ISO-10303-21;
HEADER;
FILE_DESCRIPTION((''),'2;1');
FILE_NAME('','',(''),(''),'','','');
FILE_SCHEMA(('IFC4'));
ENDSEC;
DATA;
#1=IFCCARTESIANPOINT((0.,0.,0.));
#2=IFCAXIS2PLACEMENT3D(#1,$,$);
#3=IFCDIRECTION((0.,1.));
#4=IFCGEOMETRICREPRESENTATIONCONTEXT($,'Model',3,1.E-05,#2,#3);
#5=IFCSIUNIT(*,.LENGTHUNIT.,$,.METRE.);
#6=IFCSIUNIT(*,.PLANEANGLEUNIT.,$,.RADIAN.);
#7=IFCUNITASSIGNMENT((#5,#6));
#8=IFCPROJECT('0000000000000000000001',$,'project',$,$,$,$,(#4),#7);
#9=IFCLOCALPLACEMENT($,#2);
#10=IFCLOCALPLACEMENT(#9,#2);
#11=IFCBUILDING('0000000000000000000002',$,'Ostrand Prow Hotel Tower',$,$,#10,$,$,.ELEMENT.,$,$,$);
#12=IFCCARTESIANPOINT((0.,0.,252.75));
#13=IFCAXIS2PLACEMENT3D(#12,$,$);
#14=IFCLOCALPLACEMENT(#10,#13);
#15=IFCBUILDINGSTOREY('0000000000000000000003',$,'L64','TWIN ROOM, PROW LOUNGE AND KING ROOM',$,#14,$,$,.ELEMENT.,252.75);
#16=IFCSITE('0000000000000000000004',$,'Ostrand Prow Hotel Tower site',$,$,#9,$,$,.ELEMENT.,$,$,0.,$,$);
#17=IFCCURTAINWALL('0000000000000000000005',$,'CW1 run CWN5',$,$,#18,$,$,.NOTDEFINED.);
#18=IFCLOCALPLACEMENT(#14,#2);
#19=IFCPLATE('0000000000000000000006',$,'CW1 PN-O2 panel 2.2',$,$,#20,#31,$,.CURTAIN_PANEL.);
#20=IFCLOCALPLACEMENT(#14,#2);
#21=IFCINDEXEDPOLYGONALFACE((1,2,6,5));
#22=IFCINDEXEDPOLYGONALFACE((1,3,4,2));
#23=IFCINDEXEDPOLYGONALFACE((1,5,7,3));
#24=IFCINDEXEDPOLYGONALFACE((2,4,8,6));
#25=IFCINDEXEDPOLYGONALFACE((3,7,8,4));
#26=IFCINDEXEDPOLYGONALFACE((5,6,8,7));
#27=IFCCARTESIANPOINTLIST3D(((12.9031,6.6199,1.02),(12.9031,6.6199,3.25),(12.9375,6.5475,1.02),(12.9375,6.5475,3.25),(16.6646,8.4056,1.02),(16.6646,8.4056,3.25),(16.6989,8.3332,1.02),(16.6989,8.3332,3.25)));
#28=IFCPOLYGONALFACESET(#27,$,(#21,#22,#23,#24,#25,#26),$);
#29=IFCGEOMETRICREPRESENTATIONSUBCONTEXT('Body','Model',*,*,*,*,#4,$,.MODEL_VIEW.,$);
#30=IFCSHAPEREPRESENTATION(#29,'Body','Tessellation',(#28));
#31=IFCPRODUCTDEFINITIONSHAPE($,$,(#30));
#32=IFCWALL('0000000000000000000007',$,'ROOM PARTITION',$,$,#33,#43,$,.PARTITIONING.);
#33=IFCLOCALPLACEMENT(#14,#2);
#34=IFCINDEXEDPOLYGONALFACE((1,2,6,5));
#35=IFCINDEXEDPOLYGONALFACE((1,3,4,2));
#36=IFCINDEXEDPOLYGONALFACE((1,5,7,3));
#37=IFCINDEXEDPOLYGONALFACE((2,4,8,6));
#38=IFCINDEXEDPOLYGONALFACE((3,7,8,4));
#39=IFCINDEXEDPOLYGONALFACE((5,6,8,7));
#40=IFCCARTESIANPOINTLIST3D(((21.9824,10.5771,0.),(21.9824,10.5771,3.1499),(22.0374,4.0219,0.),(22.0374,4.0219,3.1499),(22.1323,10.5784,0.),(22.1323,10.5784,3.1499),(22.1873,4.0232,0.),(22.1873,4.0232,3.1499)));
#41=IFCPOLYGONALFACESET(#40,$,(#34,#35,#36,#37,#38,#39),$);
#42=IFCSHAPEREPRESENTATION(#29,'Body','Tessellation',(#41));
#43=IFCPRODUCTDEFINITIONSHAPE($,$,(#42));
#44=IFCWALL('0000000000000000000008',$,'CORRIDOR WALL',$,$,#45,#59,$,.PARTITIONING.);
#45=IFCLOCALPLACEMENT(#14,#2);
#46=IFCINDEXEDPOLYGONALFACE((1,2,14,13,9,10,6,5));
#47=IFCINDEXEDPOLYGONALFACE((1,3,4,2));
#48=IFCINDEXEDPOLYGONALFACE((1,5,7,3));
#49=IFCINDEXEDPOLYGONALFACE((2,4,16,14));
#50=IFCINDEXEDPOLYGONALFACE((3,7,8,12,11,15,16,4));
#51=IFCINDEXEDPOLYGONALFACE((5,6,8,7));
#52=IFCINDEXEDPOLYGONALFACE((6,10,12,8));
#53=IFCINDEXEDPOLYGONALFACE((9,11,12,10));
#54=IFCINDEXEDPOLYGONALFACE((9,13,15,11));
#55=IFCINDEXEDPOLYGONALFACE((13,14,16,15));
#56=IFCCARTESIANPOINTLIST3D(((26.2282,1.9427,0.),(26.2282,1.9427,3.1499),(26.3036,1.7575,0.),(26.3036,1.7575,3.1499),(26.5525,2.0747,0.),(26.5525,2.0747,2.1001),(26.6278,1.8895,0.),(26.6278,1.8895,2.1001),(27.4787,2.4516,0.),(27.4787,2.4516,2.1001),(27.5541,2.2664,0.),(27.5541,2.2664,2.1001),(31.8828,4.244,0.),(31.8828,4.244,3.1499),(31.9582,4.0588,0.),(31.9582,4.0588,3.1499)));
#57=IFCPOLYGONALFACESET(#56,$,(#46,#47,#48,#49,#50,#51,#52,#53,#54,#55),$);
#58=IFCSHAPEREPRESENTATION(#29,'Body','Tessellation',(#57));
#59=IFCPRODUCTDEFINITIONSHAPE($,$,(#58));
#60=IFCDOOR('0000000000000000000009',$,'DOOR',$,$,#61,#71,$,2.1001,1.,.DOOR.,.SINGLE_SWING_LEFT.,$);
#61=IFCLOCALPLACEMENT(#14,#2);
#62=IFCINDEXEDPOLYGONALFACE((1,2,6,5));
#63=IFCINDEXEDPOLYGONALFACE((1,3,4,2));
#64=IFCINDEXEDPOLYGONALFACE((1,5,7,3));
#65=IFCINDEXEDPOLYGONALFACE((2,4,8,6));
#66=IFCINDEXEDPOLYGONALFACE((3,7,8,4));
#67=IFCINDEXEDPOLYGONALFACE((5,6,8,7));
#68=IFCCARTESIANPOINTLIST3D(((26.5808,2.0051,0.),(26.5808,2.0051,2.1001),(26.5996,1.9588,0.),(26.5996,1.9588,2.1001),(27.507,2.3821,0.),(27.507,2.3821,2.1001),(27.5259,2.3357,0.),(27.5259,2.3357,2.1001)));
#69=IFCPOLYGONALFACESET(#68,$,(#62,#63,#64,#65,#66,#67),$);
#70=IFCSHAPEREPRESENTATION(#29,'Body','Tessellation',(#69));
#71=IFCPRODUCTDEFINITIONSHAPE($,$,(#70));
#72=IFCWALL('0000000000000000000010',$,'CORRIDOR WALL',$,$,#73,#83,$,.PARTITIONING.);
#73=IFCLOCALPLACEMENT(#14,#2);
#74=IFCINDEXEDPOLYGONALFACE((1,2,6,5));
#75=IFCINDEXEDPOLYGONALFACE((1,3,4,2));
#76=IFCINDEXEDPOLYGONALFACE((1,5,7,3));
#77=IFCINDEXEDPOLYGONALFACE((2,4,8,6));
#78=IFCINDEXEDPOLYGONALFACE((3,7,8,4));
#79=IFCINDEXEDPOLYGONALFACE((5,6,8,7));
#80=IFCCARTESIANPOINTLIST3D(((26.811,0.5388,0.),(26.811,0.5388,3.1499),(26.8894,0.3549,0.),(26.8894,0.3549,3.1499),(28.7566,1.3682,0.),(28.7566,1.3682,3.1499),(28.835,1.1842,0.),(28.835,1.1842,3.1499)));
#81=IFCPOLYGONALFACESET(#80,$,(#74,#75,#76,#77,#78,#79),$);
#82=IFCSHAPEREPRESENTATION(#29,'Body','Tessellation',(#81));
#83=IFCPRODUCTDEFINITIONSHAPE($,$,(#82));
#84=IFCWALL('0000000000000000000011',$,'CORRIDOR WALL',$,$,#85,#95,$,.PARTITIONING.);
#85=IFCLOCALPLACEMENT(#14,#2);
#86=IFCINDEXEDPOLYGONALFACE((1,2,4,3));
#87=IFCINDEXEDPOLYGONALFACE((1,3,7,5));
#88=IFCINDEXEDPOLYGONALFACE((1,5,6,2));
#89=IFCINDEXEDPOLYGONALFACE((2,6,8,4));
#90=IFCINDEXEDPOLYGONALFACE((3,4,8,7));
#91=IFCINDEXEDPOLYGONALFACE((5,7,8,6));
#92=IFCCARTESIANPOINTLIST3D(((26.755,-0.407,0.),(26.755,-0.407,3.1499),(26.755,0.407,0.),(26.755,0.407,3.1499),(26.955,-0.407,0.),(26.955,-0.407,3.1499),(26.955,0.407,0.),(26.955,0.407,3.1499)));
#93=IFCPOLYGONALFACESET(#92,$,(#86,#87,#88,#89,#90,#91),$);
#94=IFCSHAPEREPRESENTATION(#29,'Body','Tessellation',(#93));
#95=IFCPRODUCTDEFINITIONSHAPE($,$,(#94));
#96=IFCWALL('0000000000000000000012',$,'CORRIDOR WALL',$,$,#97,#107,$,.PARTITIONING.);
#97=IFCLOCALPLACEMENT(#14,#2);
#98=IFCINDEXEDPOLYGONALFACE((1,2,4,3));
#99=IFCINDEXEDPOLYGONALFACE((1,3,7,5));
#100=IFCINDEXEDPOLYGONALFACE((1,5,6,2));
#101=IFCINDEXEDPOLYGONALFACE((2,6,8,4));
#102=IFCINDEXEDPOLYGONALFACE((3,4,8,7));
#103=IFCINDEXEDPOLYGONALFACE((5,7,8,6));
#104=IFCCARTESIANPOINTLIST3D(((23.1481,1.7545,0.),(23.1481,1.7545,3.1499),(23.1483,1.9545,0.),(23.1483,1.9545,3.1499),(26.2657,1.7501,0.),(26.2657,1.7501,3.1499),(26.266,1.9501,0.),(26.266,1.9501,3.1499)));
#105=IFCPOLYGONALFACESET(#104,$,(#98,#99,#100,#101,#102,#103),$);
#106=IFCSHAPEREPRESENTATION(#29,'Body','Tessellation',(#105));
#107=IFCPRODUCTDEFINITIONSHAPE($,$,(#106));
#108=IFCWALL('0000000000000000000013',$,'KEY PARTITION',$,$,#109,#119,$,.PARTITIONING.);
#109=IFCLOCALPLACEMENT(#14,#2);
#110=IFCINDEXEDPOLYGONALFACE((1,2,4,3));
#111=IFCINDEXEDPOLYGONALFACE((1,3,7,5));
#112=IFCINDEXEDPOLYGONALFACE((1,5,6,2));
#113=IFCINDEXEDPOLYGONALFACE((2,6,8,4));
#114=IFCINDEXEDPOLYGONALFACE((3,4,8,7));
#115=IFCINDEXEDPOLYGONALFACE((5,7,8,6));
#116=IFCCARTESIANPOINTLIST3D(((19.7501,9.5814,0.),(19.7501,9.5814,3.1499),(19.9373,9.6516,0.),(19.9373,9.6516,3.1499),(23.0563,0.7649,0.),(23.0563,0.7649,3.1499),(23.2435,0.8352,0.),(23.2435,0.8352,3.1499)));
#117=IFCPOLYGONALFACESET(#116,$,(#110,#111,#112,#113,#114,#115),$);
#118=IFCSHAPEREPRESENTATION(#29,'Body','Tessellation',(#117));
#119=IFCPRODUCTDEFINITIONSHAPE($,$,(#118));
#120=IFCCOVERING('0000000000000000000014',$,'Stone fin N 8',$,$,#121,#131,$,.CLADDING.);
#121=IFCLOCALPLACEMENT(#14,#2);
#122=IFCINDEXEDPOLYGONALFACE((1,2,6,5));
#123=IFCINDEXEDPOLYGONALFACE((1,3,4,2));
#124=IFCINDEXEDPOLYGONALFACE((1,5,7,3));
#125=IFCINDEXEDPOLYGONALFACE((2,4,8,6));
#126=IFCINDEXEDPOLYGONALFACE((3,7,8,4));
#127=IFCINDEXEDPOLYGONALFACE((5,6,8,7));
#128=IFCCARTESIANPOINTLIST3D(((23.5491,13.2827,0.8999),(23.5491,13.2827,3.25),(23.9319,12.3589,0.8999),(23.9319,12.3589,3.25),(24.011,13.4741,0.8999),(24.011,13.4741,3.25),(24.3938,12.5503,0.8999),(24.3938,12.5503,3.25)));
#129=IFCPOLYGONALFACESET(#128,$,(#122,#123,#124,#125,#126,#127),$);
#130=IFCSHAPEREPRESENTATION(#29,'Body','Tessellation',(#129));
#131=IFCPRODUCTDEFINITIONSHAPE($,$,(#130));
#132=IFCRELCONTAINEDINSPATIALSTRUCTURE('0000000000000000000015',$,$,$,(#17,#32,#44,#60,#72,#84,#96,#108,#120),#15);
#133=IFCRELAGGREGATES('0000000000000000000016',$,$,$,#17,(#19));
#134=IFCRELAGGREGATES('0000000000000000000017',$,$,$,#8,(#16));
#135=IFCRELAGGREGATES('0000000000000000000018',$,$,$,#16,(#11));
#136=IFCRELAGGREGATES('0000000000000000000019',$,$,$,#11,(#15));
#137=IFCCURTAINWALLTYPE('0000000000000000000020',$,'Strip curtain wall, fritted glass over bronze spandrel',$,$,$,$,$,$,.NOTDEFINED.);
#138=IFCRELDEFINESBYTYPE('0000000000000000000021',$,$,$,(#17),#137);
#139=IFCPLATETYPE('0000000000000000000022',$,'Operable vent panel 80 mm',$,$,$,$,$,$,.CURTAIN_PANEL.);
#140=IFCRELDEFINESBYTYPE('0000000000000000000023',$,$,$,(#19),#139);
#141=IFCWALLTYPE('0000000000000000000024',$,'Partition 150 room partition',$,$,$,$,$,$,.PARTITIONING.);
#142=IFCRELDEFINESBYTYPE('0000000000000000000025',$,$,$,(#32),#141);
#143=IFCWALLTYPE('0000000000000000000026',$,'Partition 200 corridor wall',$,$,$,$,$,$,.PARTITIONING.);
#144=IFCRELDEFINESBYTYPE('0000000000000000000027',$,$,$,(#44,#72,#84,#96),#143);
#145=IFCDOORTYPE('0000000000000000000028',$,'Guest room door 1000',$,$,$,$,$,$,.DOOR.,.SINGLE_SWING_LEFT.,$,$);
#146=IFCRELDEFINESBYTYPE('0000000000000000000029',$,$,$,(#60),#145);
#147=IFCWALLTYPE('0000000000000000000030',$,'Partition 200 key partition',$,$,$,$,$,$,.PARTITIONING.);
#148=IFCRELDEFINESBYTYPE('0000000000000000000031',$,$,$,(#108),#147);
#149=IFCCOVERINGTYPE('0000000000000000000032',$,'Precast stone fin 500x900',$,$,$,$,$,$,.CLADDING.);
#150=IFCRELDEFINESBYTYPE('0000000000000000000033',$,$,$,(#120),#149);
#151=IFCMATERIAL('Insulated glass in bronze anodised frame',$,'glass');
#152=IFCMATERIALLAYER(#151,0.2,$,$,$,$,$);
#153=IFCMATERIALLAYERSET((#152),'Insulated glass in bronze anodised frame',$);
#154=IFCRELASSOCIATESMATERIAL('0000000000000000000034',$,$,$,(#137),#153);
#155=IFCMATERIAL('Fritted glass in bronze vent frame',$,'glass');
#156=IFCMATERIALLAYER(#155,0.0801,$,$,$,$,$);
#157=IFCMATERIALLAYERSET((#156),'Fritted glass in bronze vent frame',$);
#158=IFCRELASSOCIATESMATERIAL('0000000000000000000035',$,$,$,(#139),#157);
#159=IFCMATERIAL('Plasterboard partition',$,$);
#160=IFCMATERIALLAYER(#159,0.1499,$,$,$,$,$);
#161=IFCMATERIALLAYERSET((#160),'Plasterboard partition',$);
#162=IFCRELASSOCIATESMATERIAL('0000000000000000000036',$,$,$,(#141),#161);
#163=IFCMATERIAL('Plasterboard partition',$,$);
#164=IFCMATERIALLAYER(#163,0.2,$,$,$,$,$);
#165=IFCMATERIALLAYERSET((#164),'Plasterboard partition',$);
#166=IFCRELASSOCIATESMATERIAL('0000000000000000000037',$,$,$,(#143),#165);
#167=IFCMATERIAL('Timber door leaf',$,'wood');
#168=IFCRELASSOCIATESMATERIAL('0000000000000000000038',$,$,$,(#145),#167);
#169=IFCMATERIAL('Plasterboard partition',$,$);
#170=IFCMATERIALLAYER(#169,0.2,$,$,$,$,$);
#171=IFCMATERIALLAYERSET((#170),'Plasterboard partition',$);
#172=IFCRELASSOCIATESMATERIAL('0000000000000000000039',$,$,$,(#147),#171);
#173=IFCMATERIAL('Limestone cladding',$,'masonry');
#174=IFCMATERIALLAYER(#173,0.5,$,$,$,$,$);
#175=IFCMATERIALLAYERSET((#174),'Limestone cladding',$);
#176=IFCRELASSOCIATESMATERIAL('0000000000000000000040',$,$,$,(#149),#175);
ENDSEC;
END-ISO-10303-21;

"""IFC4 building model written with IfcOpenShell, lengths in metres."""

from ifc_helpers import new_model, si_unit, direction, frame, frame_2d, origin, origin_2d, place, context, subcontext, project, spatial, rectangle, extrude, material, layer, layer_set, type_object, element, fill, aggregate, save


model = new_model("IFC4")

# Units and contexts
model_context = context("Model", 3, precision=1e-05, world=origin(), true_north=direction((0.0, 1.0)))
body_context = subcontext(model_context, "Body", "Model", "MODEL_VIEW")
ifc_project = project(units=[si_unit("LENGTHUNIT", "METRE"), si_unit("PLANEANGLEUNIT", "RADIAN")], contexts=[model_context])

# Site, building, storey
site_placement = place(None, origin())
site = spatial("IfcSite", under=ifc_project, at=site_placement, Name="Ostrand Prow Hotel Tower site", CompositionType="ELEMENT", RefElevation=0.0)
building_placement = place(site_placement, origin())
building = spatial("IfcBuilding", under=site, at=building_placement, Name="Ostrand Prow Hotel Tower", CompositionType="ELEMENT")
storey_placement = place(building_placement, frame((0.0, 0.0, 252.75)))
storey = spatial("IfcBuildingStorey", under=building, at=storey_placement, Name="L64", Description="TWIN ROOM, PROW LOUNGE AND KING ROOM", CompositionType="ELEMENT", Elevation=252.75)

# Shared definitions
ifc_material_1 = material(Name="Insulated glass in bronze anodised frame", Category="glass")
ifc_layer_1 = layer(ifc_material_1, 0.2)
ifc_layer_set_1 = layer_set([ifc_layer_1], Name="Insulated glass in bronze anodised frame")
curtain_wall_type = type_object("IfcCurtainWallType", Name="Strip curtain wall, fritted glass over bronze spandrel", PredefinedType="NOTDEFINED", material=ifc_layer_set_1)

# Curtain wall
curtain_wall_1_placement = place(storey_placement, origin())
curtain_wall_1 = element("IfcCurtainWall", 1, at=curtain_wall_1_placement, inside=storey, type_object=curtain_wall_type, Name="CW1 run CWN5", PredefinedType="NOTDEFINED")

# Plate
ifc_material_2 = material(Name="Fritted glass in bronze vent frame", Category="glass")
ifc_layer_2 = layer(ifc_material_2, 0.0801)
ifc_layer_set_2 = layer_set([ifc_layer_2], Name="Fritted glass in bronze vent frame")
plate_type_1 = type_object("IfcPlateType", Name="Operable vent panel 80 mm", PredefinedType="CURTAIN_PANEL", material=ifc_layer_set_2)
plate_1_placement = place(storey_placement, frame((14.801, 7.4766, 1.02), z_axis=(0.0, 0.0, 1.0), x_axis=(-0.90337, -0.428861, 0.0)))
plate_1 = element("IfcPlate", 2, at=plate_1_placement, type_object=plate_type_1, Name="CW1 PN-O2 panel 2.2", PredefinedType="CURTAIN_PANEL", context=body_context, shape_type="SweptSolid", body=[
    extrude(rectangle(XDim=4.1638, YDim=0.0801, at=origin_2d()), origin(), (0.0, 0.0, 1.0), 2.23),
])
aggregate(curtain_wall_1, [plate_1])

# Wall
ifc_material_3 = material(Name="Plasterboard partition")
ifc_layer_3 = layer(ifc_material_3, 0.1499)
ifc_layer_set_3 = layer_set([ifc_layer_3], Name="Plasterboard partition")
wall_type_1 = type_object("IfcWallType", Name="Partition 150 room partition", PredefinedType="PARTITIONING", material=ifc_layer_set_3)
wall_1_placement = place(storey_placement, frame((22.0574, 10.5779, 0.0), z_axis=(0.0, 0.0, 1.0), x_axis=(0.00838, -0.999965, 0.0)))
element("IfcWall", 3, at=wall_1_placement, inside=storey, type_object=wall_type_1, Name="ROOM PARTITION", PredefinedType="PARTITIONING", context=body_context, shape_type="SweptSolid", body=[
    extrude(rectangle(XDim=6.5554, YDim=0.1499, at=frame_2d((3.2778, 0.0))), origin(), (0.0, 0.0, 1.0), 3.1499),
])

# Wall, opening, door
ifc_material_4 = material(Name="Plasterboard partition")
ifc_layer_4 = layer(ifc_material_4, 0.2)
ifc_layer_set_4 = layer_set([ifc_layer_4], Name="Plasterboard partition")
wall_type_2 = type_object("IfcWallType", Name="Partition 200 corridor wall", PredefinedType="PARTITIONING", material=ifc_layer_set_4)
wall_2_placement = place(storey_placement, frame((26.2659, 1.8501, 0.0), z_axis=(0.0, 0.0, 1.0), x_axis=(0.926232, 0.376955, 0.0)))
wall_2 = element("IfcWall", 4, at=wall_2_placement, inside=storey, type_object=wall_type_2, Name="CORRIDOR WALL", PredefinedType="PARTITIONING", context=body_context, shape_type="SweptSolid", body=[
    extrude(rectangle(XDim=6.105, YDim=0.2, at=frame_2d((3.0525, 0.0))), origin(), (0.0, 0.0, 1.0), 3.1499),
])
opening_placement = place(wall_2_placement, frame((0.3501, 0.0, 0.0)))
opening = element("IfcOpeningElement", 5, at=opening_placement, cuts=wall_2, PredefinedType="OPENING", context=body_context, shape_type="SweptSolid", body=[
    extrude(rectangle(XDim=1.0, YDim=2.1001, at=frame_2d((0.5, 1.05))), frame((0.0, 0.1099, 0.0), z_axis=(0.0, -1.0, 0.0), x_axis=(1.0, 0.0, 0.0)), (0.0, 0.0, 1.0), 0.22),
])
ifc_material_5 = material(Name="Timber door leaf", Category="wood")
door_type = type_object("IfcDoorType", Name="Guest room door 1000", OperationType="SINGLE_SWING_LEFT", PredefinedType="DOOR", material=ifc_material_5)
door_placement = place(opening_placement, origin())
door = element("IfcDoor", 6, at=door_placement, inside=storey, type_object=door_type, Name="DOOR", OperationType="SINGLE_SWING_LEFT", OverallHeight=2.1001, OverallWidth=1.0, PredefinedType="DOOR", context=body_context, shape_type="SweptSolid", body=[
    extrude(rectangle(XDim=1.0, YDim=2.1001, at=frame_2d((0.5, 1.05))), frame((0.0, 0.0249, 0.0), z_axis=(0.0, -1.0, 0.0), x_axis=(1.0, 0.0, 0.0)), (0.0, 0.0, 1.0), 0.05),
])
fill(opening, door)

# Walls
wall_3_placement = place(storey_placement, frame((26.8501, 0.4468, 0.0), z_axis=(0.0, 0.0, 1.0), x_axis=(0.919908, 0.392135, 0.0)))
element("IfcWall", 7, at=wall_3_placement, inside=storey, type_object=wall_type_2, Name="CORRIDOR WALL", PredefinedType="PARTITIONING", context=body_context, shape_type="SweptSolid", body=[
    extrude(rectangle(XDim=2.115, YDim=0.2, at=frame_2d((1.0576, 0.0))), origin(), (0.0, 0.0, 1.0), 3.1499),
])
wall_4_placement = place(storey_placement, frame((26.855, -0.407, 0.0), z_axis=(0.0, 0.0, 1.0), x_axis=(0.0, 1.0, 0.0)))
element("IfcWall", 8, at=wall_4_placement, inside=storey, type_object=wall_type_2, Name="CORRIDOR WALL", PredefinedType="PARTITIONING", context=body_context, shape_type="SweptSolid", body=[
    extrude(rectangle(XDim=0.814, YDim=0.2, at=frame_2d((0.407, 0.0))), origin(), (0.0, 0.0, 1.0), 3.1499),
])
wall_5_placement = place(storey_placement, frame((26.2659, 1.8501, 0.0), z_axis=(0.0, 0.0, 1.0), x_axis=(-0.999999, 0.00141, 0.0)))
element("IfcWall", 9, at=wall_5_placement, inside=storey, type_object=wall_type_2, Name="CORRIDOR WALL", PredefinedType="PARTITIONING", context=body_context, shape_type="SweptSolid", body=[
    extrude(rectangle(XDim=3.1177, YDim=0.2, at=frame_2d((1.5588, 0.0))), origin(), (0.0, 0.0, 1.0), 3.1499),
])
ifc_material_6 = material(Name="Plasterboard partition")
ifc_layer_5 = layer(ifc_material_6, 0.2)
ifc_layer_set_5 = layer_set([ifc_layer_5], Name="Plasterboard partition")
wall_type_3 = type_object("IfcWallType", Name="Partition 200 key partition", PredefinedType="PARTITIONING", material=ifc_layer_set_5)
wall_6_placement = place(storey_placement, frame((23.1499, 0.8, 0.0), z_axis=(0.0, 0.0, 1.0), x_axis=(-0.351123, 0.936329, 0.0)))
element("IfcWall", 10, at=wall_6_placement, inside=storey, type_object=wall_type_3, Name="KEY PARTITION", PredefinedType="PARTITIONING", context=body_context, shape_type="SweptSolid", body=[
    extrude(rectangle(XDim=9.416, YDim=0.2, at=frame_2d((4.708, 0.0))), origin(), (0.0, 0.0, 1.0), 3.1499),
])

# Covering
ifc_material_7 = material(Name="Limestone cladding", Category="masonry")
ifc_layer_6 = layer(ifc_material_7, 0.5)
ifc_layer_set_6 = layer_set([ifc_layer_6], Name="Limestone cladding")
covering_type = type_object("IfcCoveringType", Name="Precast stone fin 500x900", PredefinedType="CLADDING", material=ifc_layer_set_6)
covering_placement = place(storey_placement, frame((24.1628, 12.4546, 0.8999), z_axis=(0.0, 0.0, 1.0), x_axis=(-0.382812, 0.923826, 0.0)))
element("IfcCovering", 11, at=covering_placement, inside=storey, type_object=covering_type, Name="Stone fin N 8", PredefinedType="CLADDING", context=body_context, shape_type="SweptSolid", body=[
    extrude(rectangle(XDim=1.0, YDim=0.5, at=frame_2d((0.5, 0.0))), origin(), (0.0, 0.0, 1.0), 2.3501),
])

save(model, "model.ifc")
